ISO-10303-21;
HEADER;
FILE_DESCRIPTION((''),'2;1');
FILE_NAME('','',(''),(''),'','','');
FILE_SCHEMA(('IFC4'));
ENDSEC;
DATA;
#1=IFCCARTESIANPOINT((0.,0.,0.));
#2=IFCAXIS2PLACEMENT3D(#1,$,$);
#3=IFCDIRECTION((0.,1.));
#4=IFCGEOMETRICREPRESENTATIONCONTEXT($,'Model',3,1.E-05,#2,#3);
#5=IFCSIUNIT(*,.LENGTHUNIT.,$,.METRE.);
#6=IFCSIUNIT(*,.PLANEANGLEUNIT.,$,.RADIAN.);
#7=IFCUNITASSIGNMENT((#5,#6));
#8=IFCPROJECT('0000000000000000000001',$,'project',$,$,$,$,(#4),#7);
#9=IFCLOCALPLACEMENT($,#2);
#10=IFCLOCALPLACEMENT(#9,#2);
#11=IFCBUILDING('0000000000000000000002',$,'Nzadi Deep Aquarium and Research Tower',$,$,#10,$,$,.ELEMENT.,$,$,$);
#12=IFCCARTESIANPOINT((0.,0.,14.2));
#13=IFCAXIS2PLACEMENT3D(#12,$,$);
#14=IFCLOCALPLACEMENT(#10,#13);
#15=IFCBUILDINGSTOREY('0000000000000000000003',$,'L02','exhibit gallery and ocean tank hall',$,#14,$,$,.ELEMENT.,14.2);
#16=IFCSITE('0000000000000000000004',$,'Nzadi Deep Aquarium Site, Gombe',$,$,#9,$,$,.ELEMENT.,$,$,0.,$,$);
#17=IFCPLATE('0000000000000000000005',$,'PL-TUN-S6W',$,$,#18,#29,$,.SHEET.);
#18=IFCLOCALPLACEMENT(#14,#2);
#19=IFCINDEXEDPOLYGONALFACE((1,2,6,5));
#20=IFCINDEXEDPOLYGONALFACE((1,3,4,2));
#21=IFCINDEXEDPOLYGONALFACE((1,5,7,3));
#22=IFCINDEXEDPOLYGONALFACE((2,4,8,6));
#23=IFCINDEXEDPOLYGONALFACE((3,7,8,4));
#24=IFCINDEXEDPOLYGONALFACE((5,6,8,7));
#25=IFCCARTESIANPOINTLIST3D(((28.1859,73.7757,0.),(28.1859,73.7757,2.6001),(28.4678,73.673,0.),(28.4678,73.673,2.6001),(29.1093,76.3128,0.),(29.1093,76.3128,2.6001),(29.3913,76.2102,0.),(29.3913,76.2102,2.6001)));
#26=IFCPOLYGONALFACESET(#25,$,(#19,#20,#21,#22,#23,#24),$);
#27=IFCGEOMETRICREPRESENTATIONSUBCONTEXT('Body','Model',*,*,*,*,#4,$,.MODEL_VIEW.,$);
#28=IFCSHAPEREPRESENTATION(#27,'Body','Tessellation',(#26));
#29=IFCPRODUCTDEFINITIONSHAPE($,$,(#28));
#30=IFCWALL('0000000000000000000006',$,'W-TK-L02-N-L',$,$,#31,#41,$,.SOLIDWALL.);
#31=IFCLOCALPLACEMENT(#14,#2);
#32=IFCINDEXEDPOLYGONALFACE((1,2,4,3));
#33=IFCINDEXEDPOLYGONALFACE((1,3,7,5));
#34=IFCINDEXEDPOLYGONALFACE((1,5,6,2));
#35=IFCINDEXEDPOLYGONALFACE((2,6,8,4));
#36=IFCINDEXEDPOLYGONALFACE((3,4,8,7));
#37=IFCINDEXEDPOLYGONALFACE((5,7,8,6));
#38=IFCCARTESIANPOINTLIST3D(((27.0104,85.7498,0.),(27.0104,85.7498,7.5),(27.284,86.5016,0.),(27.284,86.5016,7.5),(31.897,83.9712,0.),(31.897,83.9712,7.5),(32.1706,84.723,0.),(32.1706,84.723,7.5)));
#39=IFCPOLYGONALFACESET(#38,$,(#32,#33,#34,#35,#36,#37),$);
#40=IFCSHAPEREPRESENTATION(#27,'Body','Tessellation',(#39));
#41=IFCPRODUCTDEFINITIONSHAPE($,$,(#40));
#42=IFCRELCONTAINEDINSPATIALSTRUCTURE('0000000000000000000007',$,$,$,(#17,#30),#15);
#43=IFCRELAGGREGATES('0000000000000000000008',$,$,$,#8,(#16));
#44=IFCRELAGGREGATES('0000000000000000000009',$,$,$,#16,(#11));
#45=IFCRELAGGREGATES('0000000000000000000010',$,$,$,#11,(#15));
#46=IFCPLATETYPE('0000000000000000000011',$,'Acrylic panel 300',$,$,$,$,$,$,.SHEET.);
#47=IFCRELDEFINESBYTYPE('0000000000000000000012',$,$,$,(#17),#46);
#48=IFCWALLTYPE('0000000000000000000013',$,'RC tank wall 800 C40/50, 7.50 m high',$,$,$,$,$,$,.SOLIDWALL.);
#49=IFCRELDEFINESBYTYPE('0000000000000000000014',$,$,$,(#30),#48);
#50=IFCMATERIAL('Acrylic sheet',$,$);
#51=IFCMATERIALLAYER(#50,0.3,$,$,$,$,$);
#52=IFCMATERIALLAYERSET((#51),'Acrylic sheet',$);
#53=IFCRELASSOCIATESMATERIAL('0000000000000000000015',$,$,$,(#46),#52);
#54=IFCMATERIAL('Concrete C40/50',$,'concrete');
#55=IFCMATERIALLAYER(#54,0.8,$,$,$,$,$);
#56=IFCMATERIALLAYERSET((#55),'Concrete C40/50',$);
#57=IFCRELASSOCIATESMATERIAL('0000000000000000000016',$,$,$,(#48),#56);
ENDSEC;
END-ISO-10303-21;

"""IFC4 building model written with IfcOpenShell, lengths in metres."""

from ifc_helpers import new_model, si_unit, direction, frame, frame_2d, origin, origin_2d, place, context, subcontext, project, spatial, rectangle, extrude, material, layer, layer_set, type_object, element, save


model = new_model("IFC4")

# Units and contexts
model_context = context("Model", 3, precision=1e-05, world=origin(), true_north=direction((0.0, 1.0)))
body_context = subcontext(model_context, "Body", "Model", "MODEL_VIEW")
ifc_project = project(units=[si_unit("LENGTHUNIT", "METRE"), si_unit("PLANEANGLEUNIT", "RADIAN")], contexts=[model_context])

# Site, building, storey
site_placement = place(None, origin())
site = spatial("IfcSite", under=ifc_project, at=site_placement, Name="Nzadi Deep Aquarium Site, Gombe", CompositionType="ELEMENT", RefElevation=0.0)
building_placement = place(site_placement, origin())
building = spatial("IfcBuilding", under=site, at=building_placement, Name="Nzadi Deep Aquarium and Research Tower", CompositionType="ELEMENT")
storey_placement = place(building_placement, frame((0.0, 0.0, 14.2)))
storey = spatial("IfcBuildingStorey", under=building, at=storey_placement, Name="L02", Description="exhibit gallery and ocean tank hall", CompositionType="ELEMENT", Elevation=14.2)

# Plate
ifc_material_1 = material(Name="Acrylic sheet")
ifc_layer_1 = layer(ifc_material_1, 0.3)
ifc_layer_set_1 = layer_set([ifc_layer_1], Name="Acrylic sheet")
plate_type = type_object("IfcPlateType", Name="Acrylic panel 300", PredefinedType="SHEET", material=ifc_layer_set_1)
plate_1_placement = place(storey_placement, frame((28.7886, 74.9929, 0.0), z_axis=(0.0, 0.0, 1.0), x_axis=(0.939693, -0.34202, 0.0)))
element("IfcPlate", 1, at=plate_1_placement, inside=storey, type_object=plate_type, Name="PL-TUN-S6W", PredefinedType="SHEET", context=body_context, shape_type="SweptSolid", body=[
    extrude(rectangle(XDim=0.3, YDim=2.7, at=origin_2d()), origin(), (0.0, 0.0, 1.0), 2.6001),
])

# Wall
ifc_material_2 = material(Name="Concrete C40/50", Category="concrete")
ifc_layer_2 = layer(ifc_material_2, 0.8)
ifc_layer_set_2 = layer_set([ifc_layer_2], Name="Concrete C40/50")
wall_type_1 = type_object("IfcWallType", Name="RC tank wall 800 C40/50, 7.50 m high", PredefinedType="SOLIDWALL", material=ifc_layer_set_2)
wall_1_placement = place(storey_placement, frame((27.1472, 86.1257, 0.0), z_axis=(0.0, 0.0, 1.0), x_axis=(0.939691, -0.342026, 0.0)))
element("IfcWall", 2, at=wall_1_placement, inside=storey, type_object=wall_type_1, Name="W-TK-L02-N-L", PredefinedType="SOLIDWALL", context=body_context, shape_type="SweptSolid", body=[
    extrude(rectangle(XDim=5.2002, YDim=0.8, at=frame_2d((2.6001, 0.0))), origin(), (0.0, 0.0, 1.0), 7.5),
])

save(model, "model.ifc")
